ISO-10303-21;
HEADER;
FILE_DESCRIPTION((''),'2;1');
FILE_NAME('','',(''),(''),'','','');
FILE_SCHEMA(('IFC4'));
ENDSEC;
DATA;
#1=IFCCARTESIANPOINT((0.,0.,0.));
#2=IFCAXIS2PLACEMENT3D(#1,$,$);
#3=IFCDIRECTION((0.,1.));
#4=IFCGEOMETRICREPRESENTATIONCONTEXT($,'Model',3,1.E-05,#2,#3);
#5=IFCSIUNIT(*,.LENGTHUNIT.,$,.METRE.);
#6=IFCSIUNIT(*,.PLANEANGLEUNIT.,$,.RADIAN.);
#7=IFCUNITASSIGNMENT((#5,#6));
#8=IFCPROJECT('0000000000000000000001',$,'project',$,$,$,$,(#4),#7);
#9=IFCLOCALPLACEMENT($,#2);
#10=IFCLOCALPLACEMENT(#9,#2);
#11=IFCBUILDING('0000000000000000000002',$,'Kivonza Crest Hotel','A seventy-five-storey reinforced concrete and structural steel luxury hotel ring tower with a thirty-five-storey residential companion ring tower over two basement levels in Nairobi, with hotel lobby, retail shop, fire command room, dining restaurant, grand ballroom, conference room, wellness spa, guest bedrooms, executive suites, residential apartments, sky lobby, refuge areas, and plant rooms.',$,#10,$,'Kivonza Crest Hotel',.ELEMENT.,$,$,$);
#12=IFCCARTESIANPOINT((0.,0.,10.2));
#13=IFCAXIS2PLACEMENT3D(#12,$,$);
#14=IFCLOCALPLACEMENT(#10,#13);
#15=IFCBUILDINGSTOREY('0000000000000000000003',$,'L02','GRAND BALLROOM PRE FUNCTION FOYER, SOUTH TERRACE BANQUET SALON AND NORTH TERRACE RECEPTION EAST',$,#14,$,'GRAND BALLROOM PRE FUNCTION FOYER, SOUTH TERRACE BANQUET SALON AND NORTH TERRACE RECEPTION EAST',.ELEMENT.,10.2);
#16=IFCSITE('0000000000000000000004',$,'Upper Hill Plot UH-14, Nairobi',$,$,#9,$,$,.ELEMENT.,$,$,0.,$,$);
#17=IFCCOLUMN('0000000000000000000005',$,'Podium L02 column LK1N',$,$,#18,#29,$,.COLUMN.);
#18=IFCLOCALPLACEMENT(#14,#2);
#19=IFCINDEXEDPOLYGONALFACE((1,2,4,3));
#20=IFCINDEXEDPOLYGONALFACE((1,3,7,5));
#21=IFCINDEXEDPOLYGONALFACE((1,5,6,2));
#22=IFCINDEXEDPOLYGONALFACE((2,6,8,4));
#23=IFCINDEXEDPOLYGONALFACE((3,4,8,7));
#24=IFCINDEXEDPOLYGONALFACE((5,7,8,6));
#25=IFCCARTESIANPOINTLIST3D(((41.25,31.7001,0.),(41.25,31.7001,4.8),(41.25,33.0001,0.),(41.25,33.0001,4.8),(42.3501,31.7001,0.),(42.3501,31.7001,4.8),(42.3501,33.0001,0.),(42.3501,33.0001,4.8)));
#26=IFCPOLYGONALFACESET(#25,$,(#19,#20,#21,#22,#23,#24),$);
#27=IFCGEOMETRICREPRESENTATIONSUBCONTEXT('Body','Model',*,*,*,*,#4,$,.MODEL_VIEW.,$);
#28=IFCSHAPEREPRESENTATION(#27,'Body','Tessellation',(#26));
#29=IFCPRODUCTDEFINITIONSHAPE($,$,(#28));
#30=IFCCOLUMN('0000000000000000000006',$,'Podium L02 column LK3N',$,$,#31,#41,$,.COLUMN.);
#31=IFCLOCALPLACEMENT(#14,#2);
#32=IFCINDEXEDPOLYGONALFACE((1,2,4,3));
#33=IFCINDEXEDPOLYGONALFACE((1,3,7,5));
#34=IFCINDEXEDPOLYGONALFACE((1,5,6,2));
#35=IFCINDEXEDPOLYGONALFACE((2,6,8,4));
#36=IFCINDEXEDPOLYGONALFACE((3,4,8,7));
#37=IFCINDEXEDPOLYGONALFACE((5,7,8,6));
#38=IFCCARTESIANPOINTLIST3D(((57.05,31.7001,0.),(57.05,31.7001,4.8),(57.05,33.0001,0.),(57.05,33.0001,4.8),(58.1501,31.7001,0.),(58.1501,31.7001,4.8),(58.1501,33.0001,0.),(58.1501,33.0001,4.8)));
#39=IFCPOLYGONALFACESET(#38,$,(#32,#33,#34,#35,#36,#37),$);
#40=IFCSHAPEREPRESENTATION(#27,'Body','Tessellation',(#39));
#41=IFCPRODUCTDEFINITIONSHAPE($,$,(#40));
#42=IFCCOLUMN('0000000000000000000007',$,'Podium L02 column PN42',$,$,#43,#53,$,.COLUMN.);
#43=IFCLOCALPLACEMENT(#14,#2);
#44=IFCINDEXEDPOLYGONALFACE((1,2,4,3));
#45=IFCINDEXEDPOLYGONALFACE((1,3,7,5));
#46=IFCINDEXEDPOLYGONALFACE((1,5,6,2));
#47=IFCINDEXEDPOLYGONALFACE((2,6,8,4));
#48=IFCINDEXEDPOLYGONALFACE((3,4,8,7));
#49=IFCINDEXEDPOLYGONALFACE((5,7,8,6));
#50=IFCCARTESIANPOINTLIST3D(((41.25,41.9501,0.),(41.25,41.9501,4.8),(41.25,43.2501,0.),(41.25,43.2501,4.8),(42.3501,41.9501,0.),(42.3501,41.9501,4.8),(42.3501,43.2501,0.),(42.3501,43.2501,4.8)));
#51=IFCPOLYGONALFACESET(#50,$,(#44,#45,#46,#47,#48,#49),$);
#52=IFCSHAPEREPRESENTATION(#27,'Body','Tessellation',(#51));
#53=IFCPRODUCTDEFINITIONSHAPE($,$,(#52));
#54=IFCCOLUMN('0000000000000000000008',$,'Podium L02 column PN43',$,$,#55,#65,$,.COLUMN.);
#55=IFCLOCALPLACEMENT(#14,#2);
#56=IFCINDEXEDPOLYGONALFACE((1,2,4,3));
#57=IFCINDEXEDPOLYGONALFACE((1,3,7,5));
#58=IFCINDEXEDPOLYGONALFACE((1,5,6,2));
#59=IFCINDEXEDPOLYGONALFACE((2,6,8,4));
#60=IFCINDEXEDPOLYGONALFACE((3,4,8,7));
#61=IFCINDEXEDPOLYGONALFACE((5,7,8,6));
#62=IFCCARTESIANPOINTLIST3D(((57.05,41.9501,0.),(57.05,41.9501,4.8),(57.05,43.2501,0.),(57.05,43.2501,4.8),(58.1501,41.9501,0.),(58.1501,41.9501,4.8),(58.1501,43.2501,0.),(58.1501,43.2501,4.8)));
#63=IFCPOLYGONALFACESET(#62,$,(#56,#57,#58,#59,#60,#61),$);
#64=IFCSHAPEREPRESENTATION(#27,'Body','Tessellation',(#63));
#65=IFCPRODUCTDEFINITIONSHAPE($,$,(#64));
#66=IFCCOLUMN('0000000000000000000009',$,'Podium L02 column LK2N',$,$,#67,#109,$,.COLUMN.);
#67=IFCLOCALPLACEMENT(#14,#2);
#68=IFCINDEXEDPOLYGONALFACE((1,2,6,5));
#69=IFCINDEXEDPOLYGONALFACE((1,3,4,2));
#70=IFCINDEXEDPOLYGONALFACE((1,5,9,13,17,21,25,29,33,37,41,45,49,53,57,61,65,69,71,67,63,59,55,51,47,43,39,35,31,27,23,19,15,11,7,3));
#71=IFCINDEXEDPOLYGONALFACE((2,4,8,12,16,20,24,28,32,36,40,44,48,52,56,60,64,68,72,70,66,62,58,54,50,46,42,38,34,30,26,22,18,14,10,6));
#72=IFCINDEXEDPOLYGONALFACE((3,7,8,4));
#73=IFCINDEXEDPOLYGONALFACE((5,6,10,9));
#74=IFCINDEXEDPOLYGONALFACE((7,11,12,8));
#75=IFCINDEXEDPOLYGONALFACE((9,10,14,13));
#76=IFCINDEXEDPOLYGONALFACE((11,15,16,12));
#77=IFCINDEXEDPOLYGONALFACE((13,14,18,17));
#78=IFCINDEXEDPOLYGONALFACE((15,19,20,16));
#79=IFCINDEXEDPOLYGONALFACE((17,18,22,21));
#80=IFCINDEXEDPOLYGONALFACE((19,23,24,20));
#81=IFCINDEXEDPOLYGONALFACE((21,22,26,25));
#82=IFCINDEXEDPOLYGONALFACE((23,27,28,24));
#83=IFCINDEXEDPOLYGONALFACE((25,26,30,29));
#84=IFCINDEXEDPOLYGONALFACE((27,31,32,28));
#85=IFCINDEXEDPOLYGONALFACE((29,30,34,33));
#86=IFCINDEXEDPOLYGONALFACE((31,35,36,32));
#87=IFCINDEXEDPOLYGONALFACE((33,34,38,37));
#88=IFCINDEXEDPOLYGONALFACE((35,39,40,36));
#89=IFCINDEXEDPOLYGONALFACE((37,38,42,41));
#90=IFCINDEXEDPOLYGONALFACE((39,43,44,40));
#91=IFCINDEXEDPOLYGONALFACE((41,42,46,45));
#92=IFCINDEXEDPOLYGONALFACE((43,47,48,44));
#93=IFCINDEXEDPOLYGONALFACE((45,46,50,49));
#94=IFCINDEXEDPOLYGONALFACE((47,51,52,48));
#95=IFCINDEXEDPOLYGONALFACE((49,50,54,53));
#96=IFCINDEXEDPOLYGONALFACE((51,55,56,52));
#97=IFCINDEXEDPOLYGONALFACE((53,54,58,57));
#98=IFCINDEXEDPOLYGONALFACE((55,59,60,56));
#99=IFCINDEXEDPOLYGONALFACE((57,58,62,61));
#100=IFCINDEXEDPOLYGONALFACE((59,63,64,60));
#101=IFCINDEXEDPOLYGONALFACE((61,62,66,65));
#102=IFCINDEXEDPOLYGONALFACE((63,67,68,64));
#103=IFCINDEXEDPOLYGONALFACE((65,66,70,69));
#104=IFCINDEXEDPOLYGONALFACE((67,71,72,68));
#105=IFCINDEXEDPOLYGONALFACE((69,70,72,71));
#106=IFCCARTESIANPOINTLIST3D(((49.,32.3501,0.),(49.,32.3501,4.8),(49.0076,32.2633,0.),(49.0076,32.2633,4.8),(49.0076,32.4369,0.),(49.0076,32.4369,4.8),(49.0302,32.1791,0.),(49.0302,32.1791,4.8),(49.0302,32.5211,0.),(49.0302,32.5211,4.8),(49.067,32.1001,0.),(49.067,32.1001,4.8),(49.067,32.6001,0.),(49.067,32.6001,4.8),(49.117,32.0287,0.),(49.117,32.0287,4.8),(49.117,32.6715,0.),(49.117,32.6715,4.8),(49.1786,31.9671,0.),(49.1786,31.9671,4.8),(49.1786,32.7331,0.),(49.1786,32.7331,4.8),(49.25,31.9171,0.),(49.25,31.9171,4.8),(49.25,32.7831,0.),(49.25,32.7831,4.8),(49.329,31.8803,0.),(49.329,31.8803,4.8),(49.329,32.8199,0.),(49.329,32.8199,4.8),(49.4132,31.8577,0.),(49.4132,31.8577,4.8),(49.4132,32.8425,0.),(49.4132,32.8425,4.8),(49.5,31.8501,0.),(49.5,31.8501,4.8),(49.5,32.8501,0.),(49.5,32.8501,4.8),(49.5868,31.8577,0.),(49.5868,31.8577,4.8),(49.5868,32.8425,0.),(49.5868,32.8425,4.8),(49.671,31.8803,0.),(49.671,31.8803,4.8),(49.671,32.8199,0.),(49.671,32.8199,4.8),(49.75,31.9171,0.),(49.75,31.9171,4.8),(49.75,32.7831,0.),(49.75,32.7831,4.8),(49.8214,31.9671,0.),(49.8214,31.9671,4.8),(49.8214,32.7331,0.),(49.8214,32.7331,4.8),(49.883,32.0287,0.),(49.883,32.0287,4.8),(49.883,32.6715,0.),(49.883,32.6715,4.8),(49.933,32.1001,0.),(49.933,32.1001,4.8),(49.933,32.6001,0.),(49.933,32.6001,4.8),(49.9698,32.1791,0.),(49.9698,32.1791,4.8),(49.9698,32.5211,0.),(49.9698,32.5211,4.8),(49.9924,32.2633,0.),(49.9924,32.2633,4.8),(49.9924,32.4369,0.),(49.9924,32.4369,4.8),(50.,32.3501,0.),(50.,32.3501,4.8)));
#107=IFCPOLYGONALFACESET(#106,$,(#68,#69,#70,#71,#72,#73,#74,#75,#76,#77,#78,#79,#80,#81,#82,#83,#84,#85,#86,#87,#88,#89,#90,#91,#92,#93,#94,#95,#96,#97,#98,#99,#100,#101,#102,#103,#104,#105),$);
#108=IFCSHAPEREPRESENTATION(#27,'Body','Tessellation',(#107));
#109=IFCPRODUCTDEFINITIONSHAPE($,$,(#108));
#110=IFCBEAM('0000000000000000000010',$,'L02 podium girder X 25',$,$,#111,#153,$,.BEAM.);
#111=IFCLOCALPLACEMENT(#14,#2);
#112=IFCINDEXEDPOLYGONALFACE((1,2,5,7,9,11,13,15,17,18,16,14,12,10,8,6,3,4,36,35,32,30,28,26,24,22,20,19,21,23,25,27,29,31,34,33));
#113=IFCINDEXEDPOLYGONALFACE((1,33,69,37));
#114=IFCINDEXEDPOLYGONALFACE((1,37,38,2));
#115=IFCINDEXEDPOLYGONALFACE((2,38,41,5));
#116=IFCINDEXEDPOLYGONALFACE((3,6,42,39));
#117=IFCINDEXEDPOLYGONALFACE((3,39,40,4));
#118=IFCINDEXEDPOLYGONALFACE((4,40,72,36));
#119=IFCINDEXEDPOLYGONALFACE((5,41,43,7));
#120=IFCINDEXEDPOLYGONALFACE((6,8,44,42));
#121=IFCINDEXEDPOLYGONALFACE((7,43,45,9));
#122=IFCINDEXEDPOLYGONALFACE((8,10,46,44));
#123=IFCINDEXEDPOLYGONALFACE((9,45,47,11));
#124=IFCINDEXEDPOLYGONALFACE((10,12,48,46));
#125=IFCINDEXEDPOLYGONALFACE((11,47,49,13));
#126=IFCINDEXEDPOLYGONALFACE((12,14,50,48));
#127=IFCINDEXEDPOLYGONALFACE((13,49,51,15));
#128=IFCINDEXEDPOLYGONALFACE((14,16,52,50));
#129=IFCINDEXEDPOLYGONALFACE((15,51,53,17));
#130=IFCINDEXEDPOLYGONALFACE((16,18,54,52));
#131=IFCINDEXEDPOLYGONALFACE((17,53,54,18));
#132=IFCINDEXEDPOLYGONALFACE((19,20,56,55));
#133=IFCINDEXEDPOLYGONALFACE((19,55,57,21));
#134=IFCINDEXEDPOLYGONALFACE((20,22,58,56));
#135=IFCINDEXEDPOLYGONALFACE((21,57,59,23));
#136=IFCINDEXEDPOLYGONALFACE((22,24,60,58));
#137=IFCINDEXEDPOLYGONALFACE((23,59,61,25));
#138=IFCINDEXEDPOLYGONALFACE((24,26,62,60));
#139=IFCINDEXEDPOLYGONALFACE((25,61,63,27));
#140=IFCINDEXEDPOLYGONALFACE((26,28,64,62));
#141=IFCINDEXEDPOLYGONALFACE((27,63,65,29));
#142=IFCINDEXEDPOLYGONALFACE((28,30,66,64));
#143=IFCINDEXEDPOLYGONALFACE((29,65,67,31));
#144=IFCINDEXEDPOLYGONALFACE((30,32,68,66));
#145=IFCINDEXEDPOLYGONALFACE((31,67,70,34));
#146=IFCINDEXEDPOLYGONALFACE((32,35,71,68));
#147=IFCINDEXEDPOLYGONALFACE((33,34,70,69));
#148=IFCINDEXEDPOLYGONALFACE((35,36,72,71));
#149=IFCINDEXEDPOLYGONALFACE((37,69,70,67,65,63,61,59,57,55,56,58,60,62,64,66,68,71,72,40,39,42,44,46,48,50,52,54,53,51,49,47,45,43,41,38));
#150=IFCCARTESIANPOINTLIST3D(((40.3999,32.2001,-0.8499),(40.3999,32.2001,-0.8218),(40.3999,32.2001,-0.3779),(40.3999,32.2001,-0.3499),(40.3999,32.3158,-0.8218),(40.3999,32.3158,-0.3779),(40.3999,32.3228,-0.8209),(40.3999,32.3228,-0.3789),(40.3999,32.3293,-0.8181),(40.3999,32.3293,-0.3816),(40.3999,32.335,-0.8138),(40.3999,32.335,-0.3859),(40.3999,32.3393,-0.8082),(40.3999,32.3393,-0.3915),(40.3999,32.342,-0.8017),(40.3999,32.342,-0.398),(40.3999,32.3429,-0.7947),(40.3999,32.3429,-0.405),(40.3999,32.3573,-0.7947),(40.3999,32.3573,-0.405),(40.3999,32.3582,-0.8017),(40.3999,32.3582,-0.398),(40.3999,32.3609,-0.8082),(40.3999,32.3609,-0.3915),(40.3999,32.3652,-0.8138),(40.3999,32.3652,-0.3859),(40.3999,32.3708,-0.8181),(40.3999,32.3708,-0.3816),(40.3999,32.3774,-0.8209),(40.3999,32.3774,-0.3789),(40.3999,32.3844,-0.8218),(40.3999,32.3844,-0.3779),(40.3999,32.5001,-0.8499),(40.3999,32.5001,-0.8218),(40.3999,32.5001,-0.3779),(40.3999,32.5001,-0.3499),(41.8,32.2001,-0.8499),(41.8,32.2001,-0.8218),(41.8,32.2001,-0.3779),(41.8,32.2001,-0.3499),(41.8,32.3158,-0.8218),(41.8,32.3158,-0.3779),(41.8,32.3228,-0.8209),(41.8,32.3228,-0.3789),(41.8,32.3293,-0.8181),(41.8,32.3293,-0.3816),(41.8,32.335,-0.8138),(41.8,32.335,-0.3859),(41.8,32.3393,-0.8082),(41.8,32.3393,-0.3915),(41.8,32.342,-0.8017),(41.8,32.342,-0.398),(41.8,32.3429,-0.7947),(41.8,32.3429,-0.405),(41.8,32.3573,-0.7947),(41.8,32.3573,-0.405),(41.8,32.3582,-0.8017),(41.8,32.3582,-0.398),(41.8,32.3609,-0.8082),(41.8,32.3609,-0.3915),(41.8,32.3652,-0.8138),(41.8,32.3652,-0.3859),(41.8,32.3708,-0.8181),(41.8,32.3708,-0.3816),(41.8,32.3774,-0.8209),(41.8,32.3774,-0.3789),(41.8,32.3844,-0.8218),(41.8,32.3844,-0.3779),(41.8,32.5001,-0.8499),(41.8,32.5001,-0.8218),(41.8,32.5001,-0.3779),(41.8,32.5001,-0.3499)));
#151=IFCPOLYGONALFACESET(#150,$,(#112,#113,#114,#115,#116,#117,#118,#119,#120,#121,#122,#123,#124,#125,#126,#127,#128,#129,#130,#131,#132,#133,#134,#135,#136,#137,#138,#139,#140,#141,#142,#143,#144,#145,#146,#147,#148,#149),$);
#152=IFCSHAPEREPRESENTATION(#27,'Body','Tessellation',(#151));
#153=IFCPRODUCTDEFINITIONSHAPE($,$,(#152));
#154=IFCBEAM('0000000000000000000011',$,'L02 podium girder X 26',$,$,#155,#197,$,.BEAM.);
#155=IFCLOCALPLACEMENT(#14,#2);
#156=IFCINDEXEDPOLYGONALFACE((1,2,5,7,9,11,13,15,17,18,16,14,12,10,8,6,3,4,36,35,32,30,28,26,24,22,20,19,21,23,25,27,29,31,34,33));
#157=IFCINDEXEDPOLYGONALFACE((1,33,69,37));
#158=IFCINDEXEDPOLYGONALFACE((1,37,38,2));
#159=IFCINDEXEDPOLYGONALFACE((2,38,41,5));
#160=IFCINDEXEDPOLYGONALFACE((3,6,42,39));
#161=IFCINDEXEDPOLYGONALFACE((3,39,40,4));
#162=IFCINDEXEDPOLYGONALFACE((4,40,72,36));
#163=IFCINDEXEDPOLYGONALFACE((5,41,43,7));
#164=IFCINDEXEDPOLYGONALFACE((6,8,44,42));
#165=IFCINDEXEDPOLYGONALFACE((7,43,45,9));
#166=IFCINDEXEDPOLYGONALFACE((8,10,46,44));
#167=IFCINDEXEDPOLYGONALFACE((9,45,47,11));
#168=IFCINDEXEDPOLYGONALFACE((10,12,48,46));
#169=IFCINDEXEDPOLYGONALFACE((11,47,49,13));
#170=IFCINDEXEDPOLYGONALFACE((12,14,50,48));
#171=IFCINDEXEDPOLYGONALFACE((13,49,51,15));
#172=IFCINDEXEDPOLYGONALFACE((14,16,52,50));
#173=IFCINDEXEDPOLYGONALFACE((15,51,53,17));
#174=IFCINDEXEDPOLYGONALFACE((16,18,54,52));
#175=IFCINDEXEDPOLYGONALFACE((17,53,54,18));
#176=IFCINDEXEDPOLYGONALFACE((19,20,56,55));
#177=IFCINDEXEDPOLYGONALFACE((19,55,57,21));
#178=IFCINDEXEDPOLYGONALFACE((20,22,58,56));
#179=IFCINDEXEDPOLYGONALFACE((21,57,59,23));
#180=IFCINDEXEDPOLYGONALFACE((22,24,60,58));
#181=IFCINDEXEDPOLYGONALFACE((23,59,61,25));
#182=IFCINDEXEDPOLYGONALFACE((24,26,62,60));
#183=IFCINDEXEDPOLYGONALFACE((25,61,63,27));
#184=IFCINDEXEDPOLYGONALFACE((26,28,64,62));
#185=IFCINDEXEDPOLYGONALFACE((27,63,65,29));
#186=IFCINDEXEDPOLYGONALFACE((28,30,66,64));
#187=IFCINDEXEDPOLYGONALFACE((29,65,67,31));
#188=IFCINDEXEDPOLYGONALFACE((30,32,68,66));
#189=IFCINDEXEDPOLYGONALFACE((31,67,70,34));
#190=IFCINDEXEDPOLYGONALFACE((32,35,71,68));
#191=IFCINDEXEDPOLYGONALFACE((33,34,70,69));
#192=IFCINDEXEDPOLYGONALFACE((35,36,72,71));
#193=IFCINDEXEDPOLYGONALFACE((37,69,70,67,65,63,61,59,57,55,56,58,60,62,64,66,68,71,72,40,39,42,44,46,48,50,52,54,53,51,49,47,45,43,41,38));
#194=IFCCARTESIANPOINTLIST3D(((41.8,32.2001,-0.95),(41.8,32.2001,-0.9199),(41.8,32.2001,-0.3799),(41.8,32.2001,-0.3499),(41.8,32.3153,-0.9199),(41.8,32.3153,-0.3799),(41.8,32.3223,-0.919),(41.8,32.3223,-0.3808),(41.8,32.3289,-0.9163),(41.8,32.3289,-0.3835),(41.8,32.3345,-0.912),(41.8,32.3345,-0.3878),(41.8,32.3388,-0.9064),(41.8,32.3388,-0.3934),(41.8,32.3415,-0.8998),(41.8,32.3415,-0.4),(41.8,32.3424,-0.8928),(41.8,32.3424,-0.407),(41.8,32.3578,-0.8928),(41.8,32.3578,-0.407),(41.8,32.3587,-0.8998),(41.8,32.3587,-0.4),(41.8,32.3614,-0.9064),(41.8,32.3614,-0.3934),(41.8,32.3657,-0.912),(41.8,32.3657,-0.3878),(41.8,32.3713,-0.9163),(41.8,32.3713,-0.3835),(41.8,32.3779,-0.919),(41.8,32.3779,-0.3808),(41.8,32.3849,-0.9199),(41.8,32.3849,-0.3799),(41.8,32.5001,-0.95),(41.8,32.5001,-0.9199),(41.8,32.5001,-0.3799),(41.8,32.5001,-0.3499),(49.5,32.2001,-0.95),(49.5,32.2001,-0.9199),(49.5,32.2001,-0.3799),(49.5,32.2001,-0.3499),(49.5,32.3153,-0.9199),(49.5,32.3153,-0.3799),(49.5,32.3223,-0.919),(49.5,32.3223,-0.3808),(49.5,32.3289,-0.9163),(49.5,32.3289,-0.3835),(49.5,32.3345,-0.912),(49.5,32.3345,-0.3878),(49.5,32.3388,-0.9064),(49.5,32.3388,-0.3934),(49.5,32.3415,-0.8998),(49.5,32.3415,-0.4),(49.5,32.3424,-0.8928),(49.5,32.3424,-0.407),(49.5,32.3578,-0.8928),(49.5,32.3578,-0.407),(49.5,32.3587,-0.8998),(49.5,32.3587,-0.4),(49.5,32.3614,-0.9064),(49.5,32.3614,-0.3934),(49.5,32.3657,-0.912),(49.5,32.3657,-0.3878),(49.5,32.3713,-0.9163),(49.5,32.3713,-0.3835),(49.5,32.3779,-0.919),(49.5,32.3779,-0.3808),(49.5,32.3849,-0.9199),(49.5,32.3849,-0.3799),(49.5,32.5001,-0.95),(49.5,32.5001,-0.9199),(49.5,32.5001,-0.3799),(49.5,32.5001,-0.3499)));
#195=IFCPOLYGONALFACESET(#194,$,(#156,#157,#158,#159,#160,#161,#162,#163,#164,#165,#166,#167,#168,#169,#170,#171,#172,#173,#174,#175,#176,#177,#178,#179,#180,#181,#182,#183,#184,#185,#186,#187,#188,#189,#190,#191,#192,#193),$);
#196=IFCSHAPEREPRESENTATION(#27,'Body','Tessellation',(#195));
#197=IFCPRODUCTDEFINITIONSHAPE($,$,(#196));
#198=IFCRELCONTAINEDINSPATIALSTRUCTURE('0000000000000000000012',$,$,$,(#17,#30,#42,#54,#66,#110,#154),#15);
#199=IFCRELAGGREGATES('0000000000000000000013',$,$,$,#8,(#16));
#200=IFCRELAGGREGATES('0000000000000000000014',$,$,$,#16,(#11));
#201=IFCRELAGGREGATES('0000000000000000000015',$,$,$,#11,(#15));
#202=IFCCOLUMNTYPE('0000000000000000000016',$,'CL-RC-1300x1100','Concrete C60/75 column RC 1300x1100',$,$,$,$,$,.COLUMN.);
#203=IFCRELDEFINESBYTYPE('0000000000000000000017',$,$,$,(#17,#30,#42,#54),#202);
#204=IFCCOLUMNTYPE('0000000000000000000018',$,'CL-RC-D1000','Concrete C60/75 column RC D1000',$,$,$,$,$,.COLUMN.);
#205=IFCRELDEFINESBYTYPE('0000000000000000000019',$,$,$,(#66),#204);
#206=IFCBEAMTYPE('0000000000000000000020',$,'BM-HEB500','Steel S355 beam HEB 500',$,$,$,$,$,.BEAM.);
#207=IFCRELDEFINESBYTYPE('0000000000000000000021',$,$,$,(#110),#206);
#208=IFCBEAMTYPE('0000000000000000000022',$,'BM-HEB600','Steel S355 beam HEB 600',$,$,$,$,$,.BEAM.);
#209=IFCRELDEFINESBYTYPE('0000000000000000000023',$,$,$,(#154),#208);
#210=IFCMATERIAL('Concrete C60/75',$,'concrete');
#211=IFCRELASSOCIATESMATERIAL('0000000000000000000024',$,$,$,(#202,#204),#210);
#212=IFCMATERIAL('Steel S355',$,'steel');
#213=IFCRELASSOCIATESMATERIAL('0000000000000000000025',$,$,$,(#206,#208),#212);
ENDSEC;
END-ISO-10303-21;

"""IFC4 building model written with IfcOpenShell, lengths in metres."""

from ifc_helpers import new_model, si_unit, direction, frame, origin, origin_2d, place, context, subcontext, project, spatial, rectangle, circle, i_section, extrude, material, material_profile, profile_set, type_object, element, save


model = new_model("IFC4")

# Units and contexts
model_context = context("Model", 3, precision=1e-05, world=origin(), true_north=direction((0.0, 1.0)))
body_context = subcontext(model_context, "Body", "Model", "MODEL_VIEW")
ifc_project = project(units=[si_unit("LENGTHUNIT", "METRE"), si_unit("PLANEANGLEUNIT", "RADIAN")], contexts=[model_context])

# Site, building, storey
site_placement = place(None, origin())
site = spatial("IfcSite", under=ifc_project, at=site_placement, Name="Upper Hill Plot UH-14, Nairobi", CompositionType="ELEMENT", RefElevation=0.0)
building_placement = place(site_placement, origin())
building = spatial("IfcBuilding", under=site, at=building_placement, Name="Kivonza Crest Hotel", Description="A seventy-five-storey reinforced concrete and structural steel luxury hotel ring tower with a thirty-five-storey residential companion ring tower over two basement levels in Nairobi, with hotel lobby, retail shop, fire command room, dining restaurant, grand ballroom, conference room, wellness spa, guest bedrooms, executive suites, residential apartments, sky lobby, refuge areas, and plant rooms.", LongName="Kivonza Crest Hotel", CompositionType="ELEMENT")
storey_placement = place(building_placement, frame((0.0, 0.0, 10.2)))
storey = spatial("IfcBuildingStorey", under=building, at=storey_placement, Name="L02", Description="GRAND BALLROOM PRE FUNCTION FOYER, SOUTH TERRACE BANQUET SALON AND NORTH TERRACE RECEPTION EAST", LongName="GRAND BALLROOM PRE FUNCTION FOYER, SOUTH TERRACE BANQUET SALON AND NORTH TERRACE RECEPTION EAST", CompositionType="ELEMENT", Elevation=10.2)

# Columns
ifc_material_1 = material(Name="Concrete C60/75", Category="concrete")
ifc_material_profile_1 = material_profile(ifc_material_1, rectangle(XDim=1.1001, YDim=1.3, at=origin_2d()), Name="RC 1300x1100")
ifc_profile_set_1 = profile_set([ifc_material_profile_1], Name="Concrete C60/75")
column_type_1 = type_object("IfcColumnType", Name="CL-RC-1300x1100", Description="Concrete C60/75 column RC 1300x1100", PredefinedType="COLUMN", material=ifc_profile_set_1)
for number, where, z_axis, x_axis, name in (
    (1, (41.8, 32.3501, 0.0), (0.0, 0.0, 1.0), (1.0, 0.0, 0.0), "Podium L02 column LK1N"),
    (2, (57.6001, 32.3501, 0.0), (0.0, 0.0, 1.0), (1.0, 0.0, 0.0), "Podium L02 column LK3N"),
    (3, (41.8, 42.6001, 0.0), (0.0, 0.0, 1.0), (1.0, 0.0, 0.0), "Podium L02 column PN42"),
    (4, (57.6001, 42.6001, 0.0), (0.0, 0.0, 1.0), (1.0, 0.0, 0.0), "Podium L02 column PN43"),
):
    element("IfcColumn", number, at=place(storey_placement, frame(where, z_axis=z_axis, x_axis=x_axis)), inside=storey, type_object=column_type_1, Name=name, PredefinedType="COLUMN", context=body_context, shape_type="SweptSolid", body=[
        extrude(rectangle(XDim=1.1001, YDim=1.3, at=origin_2d()), origin(), (0.0, 0.0, 1.0), 4.8),
    ])
ifc_material_profile_2 = material_profile(ifc_material_1, circle(Radius=0.5, at=origin_2d()), Name="RC D1000")
ifc_profile_set_2 = profile_set([ifc_material_profile_2], Name="Concrete C60/75")
column_type_2 = type_object("IfcColumnType", Name="CL-RC-D1000", Description="Concrete C60/75 column RC D1000", PredefinedType="COLUMN", material=ifc_profile_set_2)
column_placement = place(storey_placement, frame((49.5, 32.3501, 0.0), z_axis=(0.0, 0.0, 1.0), x_axis=(1.0, 0.0, 0.0)))
element("IfcColumn", 5, at=column_placement, inside=storey, type_object=column_type_2, Name="Podium L02 column LK2N", PredefinedType="COLUMN", context=body_context, shape_type="SweptSolid", body=[
    extrude(circle(Radius=0.5, at=origin_2d()), origin(), (0.0, 0.0, 1.0), 4.8),
])

# Beams
ifc_material_2 = material(Name="Steel S355", Category="steel")
ifc_material_profile_3 = material_profile(ifc_material_2, i_section(OverallWidth=0.3, OverallDepth=0.5, WebThickness=0.0144, FlangeThickness=0.0281, FilletRadius=0.0271, at=origin_2d()), Name="HEB 500")
ifc_profile_set_3 = profile_set([ifc_material_profile_3], Name="Steel S355")
beam_type_1 = type_object("IfcBeamType", Name="BM-HEB500", Description="Steel S355 beam HEB 500", PredefinedType="BEAM", material=ifc_profile_set_3)
beam_1_placement = place(storey_placement, frame((40.3999, 32.3501, -0.5999), z_axis=(1.0, 0.0, 0.0), x_axis=(0.0, 1.0, 0.0)))
element("IfcBeam", 6, at=beam_1_placement, inside=storey, type_object=beam_type_1, Name="L02 podium girder X 25", PredefinedType="BEAM", context=body_context, shape_type="SweptSolid", body=[
    extrude(i_section(OverallWidth=0.3, OverallDepth=0.5, WebThickness=0.0144, FlangeThickness=0.0281, FilletRadius=0.0271, at=origin_2d()), origin(), (0.0, 0.0, 1.0), 1.4001),
])
ifc_material_profile_4 = material_profile(ifc_material_2, i_section(OverallWidth=0.3, OverallDepth=0.6001, WebThickness=0.0154, FlangeThickness=0.03, FilletRadius=0.0271, at=origin_2d()), Name="HEB 600")
ifc_profile_set_4 = profile_set([ifc_material_profile_4], Name="Steel S355")
beam_type_2 = type_object("IfcBeamType", Name="BM-HEB600", Description="Steel S355 beam HEB 600", PredefinedType="BEAM", material=ifc_profile_set_4)
beam_2_placement = place(storey_placement, frame((41.8, 32.3501, -0.6499), z_axis=(1.0, 0.0, 0.0), x_axis=(0.0, 1.0, 0.0)))
element("IfcBeam", 7, at=beam_2_placement, inside=storey, type_object=beam_type_2, Name="L02 podium girder X 26", PredefinedType="BEAM", context=body_context, shape_type="SweptSolid", body=[
    extrude(i_section(OverallWidth=0.3, OverallDepth=0.6001, WebThickness=0.0154, FlangeThickness=0.03, FilletRadius=0.0271, at=origin_2d()), origin(), (0.0, 0.0, 1.0), 7.7),
])

save(model, "model.ifc")
